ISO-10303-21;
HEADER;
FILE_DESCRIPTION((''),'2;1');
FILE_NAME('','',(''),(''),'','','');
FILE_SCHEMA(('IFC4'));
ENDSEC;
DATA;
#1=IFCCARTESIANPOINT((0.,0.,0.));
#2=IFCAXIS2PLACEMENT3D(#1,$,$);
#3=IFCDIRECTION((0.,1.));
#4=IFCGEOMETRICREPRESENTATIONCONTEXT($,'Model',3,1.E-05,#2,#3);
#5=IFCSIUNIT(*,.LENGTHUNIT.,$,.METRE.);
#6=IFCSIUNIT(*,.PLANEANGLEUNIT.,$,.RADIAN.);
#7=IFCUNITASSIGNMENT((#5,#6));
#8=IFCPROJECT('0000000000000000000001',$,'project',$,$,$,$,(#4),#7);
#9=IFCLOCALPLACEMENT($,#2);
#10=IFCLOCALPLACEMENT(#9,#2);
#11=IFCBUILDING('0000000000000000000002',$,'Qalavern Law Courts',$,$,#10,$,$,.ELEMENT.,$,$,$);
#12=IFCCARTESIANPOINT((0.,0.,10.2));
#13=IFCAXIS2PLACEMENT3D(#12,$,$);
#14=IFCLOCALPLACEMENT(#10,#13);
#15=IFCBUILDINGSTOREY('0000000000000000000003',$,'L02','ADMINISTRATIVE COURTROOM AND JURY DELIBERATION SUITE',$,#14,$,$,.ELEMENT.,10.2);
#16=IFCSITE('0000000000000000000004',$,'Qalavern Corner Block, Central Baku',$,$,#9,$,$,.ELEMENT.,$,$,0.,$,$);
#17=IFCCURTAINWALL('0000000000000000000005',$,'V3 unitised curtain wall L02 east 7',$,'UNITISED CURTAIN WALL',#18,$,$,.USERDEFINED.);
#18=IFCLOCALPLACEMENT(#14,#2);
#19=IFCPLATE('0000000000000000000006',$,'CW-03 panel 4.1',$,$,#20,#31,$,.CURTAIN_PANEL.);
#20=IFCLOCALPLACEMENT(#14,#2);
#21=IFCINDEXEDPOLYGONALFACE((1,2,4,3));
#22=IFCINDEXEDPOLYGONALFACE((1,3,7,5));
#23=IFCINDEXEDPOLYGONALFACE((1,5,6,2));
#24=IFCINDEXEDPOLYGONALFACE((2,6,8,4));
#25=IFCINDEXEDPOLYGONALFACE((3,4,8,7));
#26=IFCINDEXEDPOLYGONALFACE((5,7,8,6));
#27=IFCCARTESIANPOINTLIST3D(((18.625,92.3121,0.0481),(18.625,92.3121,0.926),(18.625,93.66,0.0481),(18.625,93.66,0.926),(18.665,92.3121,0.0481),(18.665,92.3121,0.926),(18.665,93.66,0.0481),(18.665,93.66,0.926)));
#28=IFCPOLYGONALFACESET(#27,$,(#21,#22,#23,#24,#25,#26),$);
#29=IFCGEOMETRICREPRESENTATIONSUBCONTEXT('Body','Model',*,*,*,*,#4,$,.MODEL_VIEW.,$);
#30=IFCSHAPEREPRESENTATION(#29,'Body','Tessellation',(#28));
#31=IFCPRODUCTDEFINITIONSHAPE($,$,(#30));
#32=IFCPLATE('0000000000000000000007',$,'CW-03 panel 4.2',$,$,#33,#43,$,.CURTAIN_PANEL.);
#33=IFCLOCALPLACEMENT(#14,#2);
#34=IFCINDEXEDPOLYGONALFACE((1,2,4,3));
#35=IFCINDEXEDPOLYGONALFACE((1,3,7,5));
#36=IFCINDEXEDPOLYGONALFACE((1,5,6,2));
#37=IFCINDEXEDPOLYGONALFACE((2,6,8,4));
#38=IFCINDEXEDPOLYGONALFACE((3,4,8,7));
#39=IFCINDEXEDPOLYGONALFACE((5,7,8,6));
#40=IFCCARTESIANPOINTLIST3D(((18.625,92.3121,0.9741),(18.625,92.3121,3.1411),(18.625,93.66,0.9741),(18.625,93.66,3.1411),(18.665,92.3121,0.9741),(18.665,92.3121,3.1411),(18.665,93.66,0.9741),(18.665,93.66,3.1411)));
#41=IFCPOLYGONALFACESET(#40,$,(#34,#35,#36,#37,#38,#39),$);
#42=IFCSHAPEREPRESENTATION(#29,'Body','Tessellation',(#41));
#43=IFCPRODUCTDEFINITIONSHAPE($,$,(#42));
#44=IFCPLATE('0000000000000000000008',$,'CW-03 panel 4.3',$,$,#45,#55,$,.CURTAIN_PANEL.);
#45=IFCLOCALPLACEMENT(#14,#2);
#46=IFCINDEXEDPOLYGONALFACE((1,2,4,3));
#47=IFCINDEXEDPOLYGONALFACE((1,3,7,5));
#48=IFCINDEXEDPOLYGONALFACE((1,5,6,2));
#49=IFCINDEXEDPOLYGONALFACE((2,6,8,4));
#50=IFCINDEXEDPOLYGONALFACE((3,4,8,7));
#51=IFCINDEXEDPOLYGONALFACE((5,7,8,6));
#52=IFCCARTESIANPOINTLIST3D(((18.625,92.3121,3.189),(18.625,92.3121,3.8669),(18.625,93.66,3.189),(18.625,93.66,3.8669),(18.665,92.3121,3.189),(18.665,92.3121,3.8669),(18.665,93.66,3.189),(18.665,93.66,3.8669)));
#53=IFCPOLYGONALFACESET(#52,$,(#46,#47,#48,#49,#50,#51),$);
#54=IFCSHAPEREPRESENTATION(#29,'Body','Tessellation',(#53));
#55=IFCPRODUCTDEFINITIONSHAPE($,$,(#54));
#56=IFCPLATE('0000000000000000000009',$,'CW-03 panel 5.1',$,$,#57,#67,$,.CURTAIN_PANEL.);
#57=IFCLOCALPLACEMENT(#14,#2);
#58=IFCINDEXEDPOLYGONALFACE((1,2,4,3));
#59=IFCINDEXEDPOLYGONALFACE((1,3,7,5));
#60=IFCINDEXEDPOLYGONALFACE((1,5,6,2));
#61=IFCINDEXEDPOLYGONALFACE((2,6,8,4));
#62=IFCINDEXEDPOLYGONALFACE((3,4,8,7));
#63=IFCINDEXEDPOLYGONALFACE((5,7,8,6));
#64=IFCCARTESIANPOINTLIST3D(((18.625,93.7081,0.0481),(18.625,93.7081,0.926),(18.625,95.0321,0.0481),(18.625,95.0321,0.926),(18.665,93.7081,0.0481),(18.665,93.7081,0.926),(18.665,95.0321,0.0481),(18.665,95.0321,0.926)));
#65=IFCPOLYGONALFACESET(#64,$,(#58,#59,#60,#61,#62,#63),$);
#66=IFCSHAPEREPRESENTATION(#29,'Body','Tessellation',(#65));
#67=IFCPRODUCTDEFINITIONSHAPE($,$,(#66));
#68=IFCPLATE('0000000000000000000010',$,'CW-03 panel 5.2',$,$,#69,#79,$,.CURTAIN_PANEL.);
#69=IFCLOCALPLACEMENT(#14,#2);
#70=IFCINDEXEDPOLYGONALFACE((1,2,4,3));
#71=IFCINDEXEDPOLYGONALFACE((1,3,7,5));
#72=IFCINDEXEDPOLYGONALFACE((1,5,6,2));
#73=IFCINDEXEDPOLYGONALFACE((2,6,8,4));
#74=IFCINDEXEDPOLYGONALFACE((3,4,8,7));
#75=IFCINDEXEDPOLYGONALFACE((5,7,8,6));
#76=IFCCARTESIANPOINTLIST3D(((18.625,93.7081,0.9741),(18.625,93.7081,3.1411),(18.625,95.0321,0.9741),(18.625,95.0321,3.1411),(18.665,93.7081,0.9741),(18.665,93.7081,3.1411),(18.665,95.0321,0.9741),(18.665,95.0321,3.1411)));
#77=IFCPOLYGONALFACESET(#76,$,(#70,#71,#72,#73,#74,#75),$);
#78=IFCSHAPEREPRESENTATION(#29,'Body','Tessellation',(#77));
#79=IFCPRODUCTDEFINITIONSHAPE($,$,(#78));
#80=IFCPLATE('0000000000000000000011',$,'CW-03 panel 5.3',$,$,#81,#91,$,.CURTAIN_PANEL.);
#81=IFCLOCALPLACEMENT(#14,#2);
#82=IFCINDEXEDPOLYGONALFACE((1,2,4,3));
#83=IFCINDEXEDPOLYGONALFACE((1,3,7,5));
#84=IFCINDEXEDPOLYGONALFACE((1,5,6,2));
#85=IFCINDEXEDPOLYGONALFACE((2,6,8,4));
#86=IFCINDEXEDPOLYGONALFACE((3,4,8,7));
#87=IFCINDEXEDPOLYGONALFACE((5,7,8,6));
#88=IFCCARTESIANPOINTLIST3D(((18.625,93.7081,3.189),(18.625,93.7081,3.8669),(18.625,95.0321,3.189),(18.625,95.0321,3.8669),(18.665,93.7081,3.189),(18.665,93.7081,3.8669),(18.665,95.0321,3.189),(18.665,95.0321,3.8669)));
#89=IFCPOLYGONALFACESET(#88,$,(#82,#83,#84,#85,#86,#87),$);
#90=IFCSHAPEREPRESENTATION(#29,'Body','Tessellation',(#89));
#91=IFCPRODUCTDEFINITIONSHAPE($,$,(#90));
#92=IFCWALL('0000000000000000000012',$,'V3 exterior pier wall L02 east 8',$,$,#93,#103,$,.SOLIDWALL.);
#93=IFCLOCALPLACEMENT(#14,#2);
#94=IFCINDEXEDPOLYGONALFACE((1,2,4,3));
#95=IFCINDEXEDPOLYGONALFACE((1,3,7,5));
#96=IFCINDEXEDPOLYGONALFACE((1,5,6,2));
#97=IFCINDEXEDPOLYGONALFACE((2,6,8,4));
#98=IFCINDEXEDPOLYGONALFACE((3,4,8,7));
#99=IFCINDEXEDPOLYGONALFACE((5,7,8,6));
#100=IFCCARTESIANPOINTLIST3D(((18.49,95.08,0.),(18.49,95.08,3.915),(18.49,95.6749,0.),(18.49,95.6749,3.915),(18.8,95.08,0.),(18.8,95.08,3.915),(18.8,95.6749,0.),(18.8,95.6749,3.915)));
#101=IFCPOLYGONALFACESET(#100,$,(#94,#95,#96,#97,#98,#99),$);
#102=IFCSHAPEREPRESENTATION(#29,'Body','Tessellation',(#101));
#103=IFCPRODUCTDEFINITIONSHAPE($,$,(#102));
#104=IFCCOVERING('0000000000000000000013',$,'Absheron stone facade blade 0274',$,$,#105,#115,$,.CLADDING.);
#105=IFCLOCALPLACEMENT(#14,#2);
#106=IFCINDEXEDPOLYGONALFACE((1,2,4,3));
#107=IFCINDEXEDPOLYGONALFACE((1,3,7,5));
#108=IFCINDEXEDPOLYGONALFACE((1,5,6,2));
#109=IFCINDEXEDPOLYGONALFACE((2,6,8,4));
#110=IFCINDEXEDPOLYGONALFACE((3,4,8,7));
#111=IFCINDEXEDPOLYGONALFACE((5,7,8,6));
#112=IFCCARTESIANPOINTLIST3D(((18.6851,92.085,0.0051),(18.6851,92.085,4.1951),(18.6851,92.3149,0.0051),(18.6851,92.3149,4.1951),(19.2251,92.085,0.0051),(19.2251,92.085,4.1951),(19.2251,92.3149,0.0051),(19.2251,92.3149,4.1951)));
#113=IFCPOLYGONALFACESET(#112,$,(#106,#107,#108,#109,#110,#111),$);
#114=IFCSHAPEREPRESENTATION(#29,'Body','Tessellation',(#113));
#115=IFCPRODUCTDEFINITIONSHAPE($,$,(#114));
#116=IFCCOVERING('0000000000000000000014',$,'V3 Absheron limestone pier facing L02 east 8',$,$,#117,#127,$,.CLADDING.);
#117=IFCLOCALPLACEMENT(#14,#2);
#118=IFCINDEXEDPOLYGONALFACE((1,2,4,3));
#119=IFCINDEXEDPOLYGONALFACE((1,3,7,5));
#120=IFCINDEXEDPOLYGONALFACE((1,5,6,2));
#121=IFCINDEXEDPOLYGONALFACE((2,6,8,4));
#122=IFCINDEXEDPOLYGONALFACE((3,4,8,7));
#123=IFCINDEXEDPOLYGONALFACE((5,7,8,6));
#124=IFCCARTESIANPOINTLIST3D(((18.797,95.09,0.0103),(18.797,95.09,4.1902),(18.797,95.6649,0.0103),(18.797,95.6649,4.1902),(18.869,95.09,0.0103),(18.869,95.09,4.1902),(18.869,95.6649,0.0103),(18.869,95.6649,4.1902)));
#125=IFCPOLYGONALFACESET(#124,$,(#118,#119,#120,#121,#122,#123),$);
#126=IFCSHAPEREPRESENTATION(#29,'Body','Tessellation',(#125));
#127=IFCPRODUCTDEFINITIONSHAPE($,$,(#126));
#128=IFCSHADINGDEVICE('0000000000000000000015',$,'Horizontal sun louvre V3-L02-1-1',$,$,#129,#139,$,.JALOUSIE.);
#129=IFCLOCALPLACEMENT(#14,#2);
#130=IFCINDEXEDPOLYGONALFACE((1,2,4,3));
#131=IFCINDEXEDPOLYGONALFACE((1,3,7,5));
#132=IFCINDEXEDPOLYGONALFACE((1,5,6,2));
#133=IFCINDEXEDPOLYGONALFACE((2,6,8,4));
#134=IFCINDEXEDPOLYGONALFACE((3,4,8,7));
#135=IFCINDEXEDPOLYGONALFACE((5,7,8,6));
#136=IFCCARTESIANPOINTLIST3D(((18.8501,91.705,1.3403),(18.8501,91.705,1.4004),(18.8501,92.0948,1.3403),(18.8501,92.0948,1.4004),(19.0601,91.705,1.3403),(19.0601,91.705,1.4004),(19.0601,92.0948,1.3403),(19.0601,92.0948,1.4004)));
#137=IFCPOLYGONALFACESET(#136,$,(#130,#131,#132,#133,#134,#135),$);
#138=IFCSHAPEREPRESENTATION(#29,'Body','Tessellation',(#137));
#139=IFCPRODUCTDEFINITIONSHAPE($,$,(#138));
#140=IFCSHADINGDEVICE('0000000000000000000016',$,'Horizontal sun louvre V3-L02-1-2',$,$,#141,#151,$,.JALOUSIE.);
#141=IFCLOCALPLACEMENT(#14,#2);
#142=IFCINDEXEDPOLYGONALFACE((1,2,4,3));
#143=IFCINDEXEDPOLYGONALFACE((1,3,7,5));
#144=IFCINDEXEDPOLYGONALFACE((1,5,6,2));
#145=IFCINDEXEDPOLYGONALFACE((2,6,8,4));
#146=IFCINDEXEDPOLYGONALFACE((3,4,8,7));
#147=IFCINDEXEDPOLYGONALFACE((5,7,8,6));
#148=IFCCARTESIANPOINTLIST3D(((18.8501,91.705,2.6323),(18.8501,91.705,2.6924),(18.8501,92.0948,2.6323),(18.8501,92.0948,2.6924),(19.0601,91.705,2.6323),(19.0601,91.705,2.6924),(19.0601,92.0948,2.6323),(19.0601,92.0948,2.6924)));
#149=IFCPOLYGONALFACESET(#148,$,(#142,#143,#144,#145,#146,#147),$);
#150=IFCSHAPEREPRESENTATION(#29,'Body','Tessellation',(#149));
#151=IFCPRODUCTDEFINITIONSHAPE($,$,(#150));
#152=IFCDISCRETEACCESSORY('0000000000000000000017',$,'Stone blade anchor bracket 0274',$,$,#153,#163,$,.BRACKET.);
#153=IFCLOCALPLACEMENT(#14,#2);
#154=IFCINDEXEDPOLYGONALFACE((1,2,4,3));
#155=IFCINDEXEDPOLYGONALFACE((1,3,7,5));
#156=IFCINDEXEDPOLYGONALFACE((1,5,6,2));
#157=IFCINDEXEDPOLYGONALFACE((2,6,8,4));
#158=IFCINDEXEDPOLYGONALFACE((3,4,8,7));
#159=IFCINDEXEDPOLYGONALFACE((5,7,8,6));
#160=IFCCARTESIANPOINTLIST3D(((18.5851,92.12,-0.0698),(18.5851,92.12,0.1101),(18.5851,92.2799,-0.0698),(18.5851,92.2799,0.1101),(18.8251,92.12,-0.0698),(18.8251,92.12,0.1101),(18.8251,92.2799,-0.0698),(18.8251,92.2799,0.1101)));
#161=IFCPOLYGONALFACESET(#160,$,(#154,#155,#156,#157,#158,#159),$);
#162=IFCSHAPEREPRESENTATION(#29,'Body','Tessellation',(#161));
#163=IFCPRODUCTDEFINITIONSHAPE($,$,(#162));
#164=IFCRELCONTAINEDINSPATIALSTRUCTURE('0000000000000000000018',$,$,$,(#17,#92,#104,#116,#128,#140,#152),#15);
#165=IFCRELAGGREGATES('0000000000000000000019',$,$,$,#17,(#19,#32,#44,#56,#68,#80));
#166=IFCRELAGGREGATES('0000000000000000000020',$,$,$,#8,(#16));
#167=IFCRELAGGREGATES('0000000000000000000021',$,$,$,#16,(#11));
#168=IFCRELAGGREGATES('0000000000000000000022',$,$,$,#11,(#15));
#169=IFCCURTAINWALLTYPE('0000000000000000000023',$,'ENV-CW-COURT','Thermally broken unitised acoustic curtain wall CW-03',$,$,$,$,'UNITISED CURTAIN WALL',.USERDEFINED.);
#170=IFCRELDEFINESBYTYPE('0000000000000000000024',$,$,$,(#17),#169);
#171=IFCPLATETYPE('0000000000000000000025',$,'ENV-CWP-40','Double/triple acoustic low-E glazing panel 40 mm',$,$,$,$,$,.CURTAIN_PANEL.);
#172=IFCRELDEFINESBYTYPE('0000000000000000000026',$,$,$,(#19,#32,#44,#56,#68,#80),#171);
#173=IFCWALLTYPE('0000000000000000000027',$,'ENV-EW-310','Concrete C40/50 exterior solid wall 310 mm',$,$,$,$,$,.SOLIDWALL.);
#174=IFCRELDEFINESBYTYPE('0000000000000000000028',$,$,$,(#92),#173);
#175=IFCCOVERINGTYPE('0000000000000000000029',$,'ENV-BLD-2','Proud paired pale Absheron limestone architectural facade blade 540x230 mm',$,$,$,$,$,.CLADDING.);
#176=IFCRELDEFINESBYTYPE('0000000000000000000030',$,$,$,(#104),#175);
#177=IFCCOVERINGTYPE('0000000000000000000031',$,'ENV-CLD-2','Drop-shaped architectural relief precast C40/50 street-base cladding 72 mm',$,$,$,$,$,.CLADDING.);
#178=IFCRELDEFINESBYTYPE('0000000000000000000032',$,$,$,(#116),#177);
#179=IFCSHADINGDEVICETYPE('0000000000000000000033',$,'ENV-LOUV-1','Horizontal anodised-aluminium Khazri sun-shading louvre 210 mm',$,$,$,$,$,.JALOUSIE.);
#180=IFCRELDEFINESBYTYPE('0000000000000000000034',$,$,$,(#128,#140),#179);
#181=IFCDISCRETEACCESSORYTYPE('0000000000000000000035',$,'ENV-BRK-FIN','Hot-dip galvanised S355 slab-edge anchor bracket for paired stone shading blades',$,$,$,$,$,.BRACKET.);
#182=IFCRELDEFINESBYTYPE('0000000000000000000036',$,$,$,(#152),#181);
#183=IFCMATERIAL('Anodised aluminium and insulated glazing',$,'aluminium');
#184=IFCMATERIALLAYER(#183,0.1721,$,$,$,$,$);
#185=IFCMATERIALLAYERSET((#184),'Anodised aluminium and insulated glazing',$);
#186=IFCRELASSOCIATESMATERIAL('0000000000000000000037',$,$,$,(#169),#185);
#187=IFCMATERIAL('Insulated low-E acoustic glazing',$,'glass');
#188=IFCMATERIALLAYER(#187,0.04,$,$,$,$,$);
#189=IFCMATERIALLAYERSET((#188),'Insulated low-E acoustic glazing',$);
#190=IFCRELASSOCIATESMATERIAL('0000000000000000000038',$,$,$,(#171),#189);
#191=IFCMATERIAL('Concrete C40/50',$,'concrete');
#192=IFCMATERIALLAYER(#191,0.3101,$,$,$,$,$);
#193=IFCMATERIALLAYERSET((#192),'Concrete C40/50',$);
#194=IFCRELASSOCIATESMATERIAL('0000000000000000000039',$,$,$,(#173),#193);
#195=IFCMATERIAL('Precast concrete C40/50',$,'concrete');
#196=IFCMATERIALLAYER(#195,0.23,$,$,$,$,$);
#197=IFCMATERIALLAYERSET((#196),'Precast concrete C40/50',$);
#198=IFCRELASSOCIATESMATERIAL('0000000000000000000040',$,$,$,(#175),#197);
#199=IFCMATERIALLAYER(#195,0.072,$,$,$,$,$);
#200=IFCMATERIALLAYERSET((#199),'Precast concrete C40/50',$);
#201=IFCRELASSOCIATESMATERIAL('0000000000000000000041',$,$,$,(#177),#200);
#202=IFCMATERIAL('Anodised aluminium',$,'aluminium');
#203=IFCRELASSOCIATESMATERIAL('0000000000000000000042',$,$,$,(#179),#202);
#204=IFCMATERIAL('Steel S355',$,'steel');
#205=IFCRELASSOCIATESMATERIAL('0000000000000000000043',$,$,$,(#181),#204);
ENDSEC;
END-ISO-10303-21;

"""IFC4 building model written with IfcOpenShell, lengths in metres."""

from ifc_helpers import new_model, si_unit, direction, frame, frame_2d, origin, origin_2d, place, context, subcontext, project, spatial, rectangle, extrude, material, layer, layer_set, type_object, element, aggregate, save


model = new_model("IFC4")

# Units and contexts
model_context = context("Model", 3, precision=1e-05, world=origin(), true_north=direction((0.0, 1.0)))
body_context = subcontext(model_context, "Body", "Model", "MODEL_VIEW")
ifc_project = project(units=[si_unit("LENGTHUNIT", "METRE"), si_unit("PLANEANGLEUNIT", "RADIAN")], contexts=[model_context])

# Site, building, storey
site_placement = place(None, origin())
site = spatial("IfcSite", under=ifc_project, at=site_placement, Name="Qalavern Corner Block, Central Baku", CompositionType="ELEMENT", RefElevation=0.0)
building_placement = place(site_placement, origin())
building = spatial("IfcBuilding", under=site, at=building_placement, Name="Qalavern Law Courts", CompositionType="ELEMENT")
storey_placement = place(building_placement, frame((0.0, 0.0, 10.2)))
storey = spatial("IfcBuildingStorey", under=building, at=storey_placement, Name="L02", Description="ADMINISTRATIVE COURTROOM AND JURY DELIBERATION SUITE", CompositionType="ELEMENT", Elevation=10.2)

# Curtain wall, plates
ifc_material_1 = material(Name="Anodised aluminium and insulated glazing", Category="aluminium")
ifc_layer_1 = layer(ifc_material_1, 0.1721)
ifc_layer_set_1 = layer_set([ifc_layer_1], Name="Anodised aluminium and insulated glazing")
curtain_wall_type = type_object("IfcCurtainWallType", Name="ENV-CW-COURT", Description="Thermally broken unitised acoustic curtain wall CW-03", ElementType="UNITISED CURTAIN WALL", PredefinedType="USERDEFINED", material=ifc_layer_set_1)
curtain_wall_placement = place(storey_placement, origin())
curtain_wall = element("IfcCurtainWall", 1, at=curtain_wall_placement, inside=storey, type_object=curtain_wall_type, Name="V3 unitised curtain wall L02 east 7", ObjectType="UNITISED CURTAIN WALL", PredefinedType="USERDEFINED")
ifc_material_2 = material(Name="Anodised aluminium", Category="aluminium")
ifc_material_3 = material(Name="Insulated low-E acoustic glazing", Category="glass")
ifc_layer_2 = layer(ifc_material_3, 0.04)
ifc_layer_set_2 = layer_set([ifc_layer_2], Name="Insulated low-E acoustic glazing")
plate_type = type_object("IfcPlateType", Name="ENV-CWP-40", Description="Double/triple acoustic low-E glazing panel 40 mm", PredefinedType="CURTAIN_PANEL", material=ifc_layer_set_2)
plate_1_placement = place(storey_placement, frame((18.645, 92.9861, 0.0481), z_axis=(0.0, 0.0, 1.0), x_axis=(0.0, 1.0, 0.0)))
plate_1 = element("IfcPlate", 2, at=plate_1_placement, type_object=plate_type, Name="CW-03 panel 4.1", PredefinedType="CURTAIN_PANEL", context=body_context, shape_type="SweptSolid", body=[
    extrude(rectangle(XDim=1.3479, YDim=0.04, at=origin_2d()), origin(), (0.0, 0.0, 1.0), 0.8779),
])
plate_2_placement = place(storey_placement, frame((18.645, 92.9861, 0.9741), z_axis=(0.0, 0.0, 1.0), x_axis=(0.0, 1.0, 0.0)))
plate_2 = element("IfcPlate", 3, at=plate_2_placement, type_object=plate_type, Name="CW-03 panel 4.2", PredefinedType="CURTAIN_PANEL", context=body_context, shape_type="SweptSolid", body=[
    extrude(rectangle(XDim=1.3479, YDim=0.04, at=origin_2d()), origin(), (0.0, 0.0, 1.0), 2.167),
])
plate_3_placement = place(storey_placement, frame((18.645, 92.9861, 3.189), z_axis=(0.0, 0.0, 1.0), x_axis=(0.0, 1.0, 0.0)))
plate_3 = element("IfcPlate", 4, at=plate_3_placement, type_object=plate_type, Name="CW-03 panel 4.3", PredefinedType="CURTAIN_PANEL", context=body_context, shape_type="SweptSolid", body=[
    extrude(rectangle(XDim=1.3479, YDim=0.04, at=origin_2d()), origin(), (0.0, 0.0, 1.0), 0.678),
])
plate_4_placement = place(storey_placement, frame((18.645, 94.3701, 0.0481), z_axis=(0.0, 0.0, 1.0), x_axis=(0.0, 1.0, 0.0)))
plate_4 = element("IfcPlate", 5, at=plate_4_placement, type_object=plate_type, Name="CW-03 panel 5.1", PredefinedType="CURTAIN_PANEL", context=body_context, shape_type="SweptSolid", body=[
    extrude(rectangle(XDim=1.324, YDim=0.04, at=origin_2d()), origin(), (0.0, 0.0, 1.0), 0.8779),
])
plate_5_placement = place(storey_placement, frame((18.645, 94.3701, 0.9741), z_axis=(0.0, 0.0, 1.0), x_axis=(0.0, 1.0, 0.0)))
plate_5 = element("IfcPlate", 6, at=plate_5_placement, type_object=plate_type, Name="CW-03 panel 5.2", PredefinedType="CURTAIN_PANEL", context=body_context, shape_type="SweptSolid", body=[
    extrude(rectangle(XDim=1.324, YDim=0.04, at=origin_2d()), origin(), (0.0, 0.0, 1.0), 2.167),
])
plate_6_placement = place(storey_placement, frame((18.645, 94.3701, 3.189), z_axis=(0.0, 0.0, 1.0), x_axis=(0.0, 1.0, 0.0)))
plate_6 = element("IfcPlate", 7, at=plate_6_placement, type_object=plate_type, Name="CW-03 panel 5.3", PredefinedType="CURTAIN_PANEL", context=body_context, shape_type="SweptSolid", body=[
    extrude(rectangle(XDim=1.324, YDim=0.04, at=origin_2d()), origin(), (0.0, 0.0, 1.0), 0.678),
])
aggregate(curtain_wall, [plate_1, plate_2, plate_3, plate_4, plate_5, plate_6])

# Wall
ifc_material_4 = material(Name="Concrete C40/50", Category="concrete")
ifc_layer_3 = layer(ifc_material_4, 0.3101)
ifc_layer_set_3 = layer_set([ifc_layer_3], Name="Concrete C40/50")
wall_type = type_object("IfcWallType", Name="ENV-EW-310", Description="Concrete C40/50 exterior solid wall 310 mm", PredefinedType="SOLIDWALL", material=ifc_layer_set_3)
wall_placement = place(storey_placement, frame((18.645, 95.0801, 0.0), z_axis=(0.0, 0.0, 1.0), x_axis=(0.0, 1.0, 0.0)))
element("IfcWall", 8, at=wall_placement, inside=storey, type_object=wall_type, Name="V3 exterior pier wall L02 east 8", PredefinedType="SOLIDWALL", context=body_context, shape_type="SweptSolid", body=[
    extrude(rectangle(XDim=0.595, YDim=0.3101, at=frame_2d((0.2974, 0.0))), origin(), (0.0, 0.0, 1.0), 3.915),
])

# Coverings
ifc_material_5 = material(Name="Precast concrete C40/50", Category="concrete")
ifc_layer_4 = layer(ifc_material_5, 0.23)
ifc_layer_set_4 = layer_set([ifc_layer_4], Name="Precast concrete C40/50")
covering_type_1 = type_object("IfcCoveringType", Name="ENV-BLD-2", Description="Proud paired pale Absheron limestone architectural facade blade 540x230 mm", PredefinedType="CLADDING", material=ifc_layer_set_4)
covering_1_placement = place(storey_placement, frame((18.9551, 92.2, 0.0051), z_axis=(0.0, 0.0, 1.0), x_axis=(1.0, 0.0, 0.0)))
element("IfcCovering", 9, at=covering_1_placement, inside=storey, type_object=covering_type_1, Name="Absheron stone facade blade 0274", PredefinedType="CLADDING", context=body_context, shape_type="SweptSolid", body=[
    extrude(rectangle(XDim=0.54, YDim=0.23, at=origin_2d()), origin(), (0.0, 0.0, 1.0), 4.1899),
])
ifc_layer_5 = layer(ifc_material_5, 0.072)
ifc_layer_set_5 = layer_set([ifc_layer_5], Name="Precast concrete C40/50")
covering_type_2 = type_object("IfcCoveringType", Name="ENV-CLD-2", Description="Drop-shaped architectural relief precast C40/50 street-base cladding 72 mm", PredefinedType="CLADDING", material=ifc_layer_set_5)
covering_2_placement = place(storey_placement, frame((18.833, 95.3774, 0.0103), z_axis=(0.0, 0.0, 1.0), x_axis=(0.0, 1.0, 0.0)))
element("IfcCovering", 10, at=covering_2_placement, inside=storey, type_object=covering_type_2, Name="V3 Absheron limestone pier facing L02 east 8", PredefinedType="CLADDING", context=body_context, shape_type="SweptSolid", body=[
    extrude(rectangle(XDim=0.575, YDim=0.072, at=origin_2d()), origin(), (0.0, 0.0, 1.0), 4.1799),
])

# Shading devices
shading_device_type = type_object("IfcShadingDeviceType", Name="ENV-LOUV-1", Description="Horizontal anodised-aluminium Khazri sun-shading louvre 210 mm", PredefinedType="JALOUSIE", material=ifc_material_2)
for number, where, z_axis, x_axis, name in (
    (11, (18.9551, 91.8999, 1.3403), (0.0, 0.0, 1.0), (0.0, 1.0, 0.0), "Horizontal sun louvre V3-L02-1-1"),
    (12, (18.9551, 91.8999, 2.6323), (0.0, 0.0, 1.0), (0.0, 1.0, 0.0), "Horizontal sun louvre V3-L02-1-2"),
):
    element("IfcShadingDevice", number, at=place(storey_placement, frame(where, z_axis=z_axis, x_axis=x_axis)), inside=storey, type_object=shading_device_type, Name=name, PredefinedType="JALOUSIE", context=body_context, shape_type="SweptSolid", body=[
        extrude(rectangle(XDim=0.3899, YDim=0.21, at=origin_2d()), origin(), (0.0, 0.0, 1.0), 0.0601),
    ])

# Discrete accessory
ifc_material_6 = material(Name="Steel S355", Category="steel")
discrete_accessory_type = type_object("IfcDiscreteAccessoryType", Name="ENV-BRK-FIN", Description="Hot-dip galvanised S355 slab-edge anchor bracket for paired stone shading blades", PredefinedType="BRACKET", material=ifc_material_6)
discrete_accessory_placement = place(storey_placement, frame((18.7051, 92.2, -0.0698), z_axis=(0.0, 0.0, 1.0), x_axis=(1.0, 0.0, 0.0)))
element("IfcDiscreteAccessory", 13, at=discrete_accessory_placement, inside=storey, type_object=discrete_accessory_type, Name="Stone blade anchor bracket 0274", PredefinedType="BRACKET", context=body_context, shape_type="SweptSolid", body=[
    extrude(rectangle(XDim=0.24, YDim=0.1599, at=origin_2d()), origin(), (0.0, 0.0, 1.0), 0.1799),
])

save(model, "model.ifc")
